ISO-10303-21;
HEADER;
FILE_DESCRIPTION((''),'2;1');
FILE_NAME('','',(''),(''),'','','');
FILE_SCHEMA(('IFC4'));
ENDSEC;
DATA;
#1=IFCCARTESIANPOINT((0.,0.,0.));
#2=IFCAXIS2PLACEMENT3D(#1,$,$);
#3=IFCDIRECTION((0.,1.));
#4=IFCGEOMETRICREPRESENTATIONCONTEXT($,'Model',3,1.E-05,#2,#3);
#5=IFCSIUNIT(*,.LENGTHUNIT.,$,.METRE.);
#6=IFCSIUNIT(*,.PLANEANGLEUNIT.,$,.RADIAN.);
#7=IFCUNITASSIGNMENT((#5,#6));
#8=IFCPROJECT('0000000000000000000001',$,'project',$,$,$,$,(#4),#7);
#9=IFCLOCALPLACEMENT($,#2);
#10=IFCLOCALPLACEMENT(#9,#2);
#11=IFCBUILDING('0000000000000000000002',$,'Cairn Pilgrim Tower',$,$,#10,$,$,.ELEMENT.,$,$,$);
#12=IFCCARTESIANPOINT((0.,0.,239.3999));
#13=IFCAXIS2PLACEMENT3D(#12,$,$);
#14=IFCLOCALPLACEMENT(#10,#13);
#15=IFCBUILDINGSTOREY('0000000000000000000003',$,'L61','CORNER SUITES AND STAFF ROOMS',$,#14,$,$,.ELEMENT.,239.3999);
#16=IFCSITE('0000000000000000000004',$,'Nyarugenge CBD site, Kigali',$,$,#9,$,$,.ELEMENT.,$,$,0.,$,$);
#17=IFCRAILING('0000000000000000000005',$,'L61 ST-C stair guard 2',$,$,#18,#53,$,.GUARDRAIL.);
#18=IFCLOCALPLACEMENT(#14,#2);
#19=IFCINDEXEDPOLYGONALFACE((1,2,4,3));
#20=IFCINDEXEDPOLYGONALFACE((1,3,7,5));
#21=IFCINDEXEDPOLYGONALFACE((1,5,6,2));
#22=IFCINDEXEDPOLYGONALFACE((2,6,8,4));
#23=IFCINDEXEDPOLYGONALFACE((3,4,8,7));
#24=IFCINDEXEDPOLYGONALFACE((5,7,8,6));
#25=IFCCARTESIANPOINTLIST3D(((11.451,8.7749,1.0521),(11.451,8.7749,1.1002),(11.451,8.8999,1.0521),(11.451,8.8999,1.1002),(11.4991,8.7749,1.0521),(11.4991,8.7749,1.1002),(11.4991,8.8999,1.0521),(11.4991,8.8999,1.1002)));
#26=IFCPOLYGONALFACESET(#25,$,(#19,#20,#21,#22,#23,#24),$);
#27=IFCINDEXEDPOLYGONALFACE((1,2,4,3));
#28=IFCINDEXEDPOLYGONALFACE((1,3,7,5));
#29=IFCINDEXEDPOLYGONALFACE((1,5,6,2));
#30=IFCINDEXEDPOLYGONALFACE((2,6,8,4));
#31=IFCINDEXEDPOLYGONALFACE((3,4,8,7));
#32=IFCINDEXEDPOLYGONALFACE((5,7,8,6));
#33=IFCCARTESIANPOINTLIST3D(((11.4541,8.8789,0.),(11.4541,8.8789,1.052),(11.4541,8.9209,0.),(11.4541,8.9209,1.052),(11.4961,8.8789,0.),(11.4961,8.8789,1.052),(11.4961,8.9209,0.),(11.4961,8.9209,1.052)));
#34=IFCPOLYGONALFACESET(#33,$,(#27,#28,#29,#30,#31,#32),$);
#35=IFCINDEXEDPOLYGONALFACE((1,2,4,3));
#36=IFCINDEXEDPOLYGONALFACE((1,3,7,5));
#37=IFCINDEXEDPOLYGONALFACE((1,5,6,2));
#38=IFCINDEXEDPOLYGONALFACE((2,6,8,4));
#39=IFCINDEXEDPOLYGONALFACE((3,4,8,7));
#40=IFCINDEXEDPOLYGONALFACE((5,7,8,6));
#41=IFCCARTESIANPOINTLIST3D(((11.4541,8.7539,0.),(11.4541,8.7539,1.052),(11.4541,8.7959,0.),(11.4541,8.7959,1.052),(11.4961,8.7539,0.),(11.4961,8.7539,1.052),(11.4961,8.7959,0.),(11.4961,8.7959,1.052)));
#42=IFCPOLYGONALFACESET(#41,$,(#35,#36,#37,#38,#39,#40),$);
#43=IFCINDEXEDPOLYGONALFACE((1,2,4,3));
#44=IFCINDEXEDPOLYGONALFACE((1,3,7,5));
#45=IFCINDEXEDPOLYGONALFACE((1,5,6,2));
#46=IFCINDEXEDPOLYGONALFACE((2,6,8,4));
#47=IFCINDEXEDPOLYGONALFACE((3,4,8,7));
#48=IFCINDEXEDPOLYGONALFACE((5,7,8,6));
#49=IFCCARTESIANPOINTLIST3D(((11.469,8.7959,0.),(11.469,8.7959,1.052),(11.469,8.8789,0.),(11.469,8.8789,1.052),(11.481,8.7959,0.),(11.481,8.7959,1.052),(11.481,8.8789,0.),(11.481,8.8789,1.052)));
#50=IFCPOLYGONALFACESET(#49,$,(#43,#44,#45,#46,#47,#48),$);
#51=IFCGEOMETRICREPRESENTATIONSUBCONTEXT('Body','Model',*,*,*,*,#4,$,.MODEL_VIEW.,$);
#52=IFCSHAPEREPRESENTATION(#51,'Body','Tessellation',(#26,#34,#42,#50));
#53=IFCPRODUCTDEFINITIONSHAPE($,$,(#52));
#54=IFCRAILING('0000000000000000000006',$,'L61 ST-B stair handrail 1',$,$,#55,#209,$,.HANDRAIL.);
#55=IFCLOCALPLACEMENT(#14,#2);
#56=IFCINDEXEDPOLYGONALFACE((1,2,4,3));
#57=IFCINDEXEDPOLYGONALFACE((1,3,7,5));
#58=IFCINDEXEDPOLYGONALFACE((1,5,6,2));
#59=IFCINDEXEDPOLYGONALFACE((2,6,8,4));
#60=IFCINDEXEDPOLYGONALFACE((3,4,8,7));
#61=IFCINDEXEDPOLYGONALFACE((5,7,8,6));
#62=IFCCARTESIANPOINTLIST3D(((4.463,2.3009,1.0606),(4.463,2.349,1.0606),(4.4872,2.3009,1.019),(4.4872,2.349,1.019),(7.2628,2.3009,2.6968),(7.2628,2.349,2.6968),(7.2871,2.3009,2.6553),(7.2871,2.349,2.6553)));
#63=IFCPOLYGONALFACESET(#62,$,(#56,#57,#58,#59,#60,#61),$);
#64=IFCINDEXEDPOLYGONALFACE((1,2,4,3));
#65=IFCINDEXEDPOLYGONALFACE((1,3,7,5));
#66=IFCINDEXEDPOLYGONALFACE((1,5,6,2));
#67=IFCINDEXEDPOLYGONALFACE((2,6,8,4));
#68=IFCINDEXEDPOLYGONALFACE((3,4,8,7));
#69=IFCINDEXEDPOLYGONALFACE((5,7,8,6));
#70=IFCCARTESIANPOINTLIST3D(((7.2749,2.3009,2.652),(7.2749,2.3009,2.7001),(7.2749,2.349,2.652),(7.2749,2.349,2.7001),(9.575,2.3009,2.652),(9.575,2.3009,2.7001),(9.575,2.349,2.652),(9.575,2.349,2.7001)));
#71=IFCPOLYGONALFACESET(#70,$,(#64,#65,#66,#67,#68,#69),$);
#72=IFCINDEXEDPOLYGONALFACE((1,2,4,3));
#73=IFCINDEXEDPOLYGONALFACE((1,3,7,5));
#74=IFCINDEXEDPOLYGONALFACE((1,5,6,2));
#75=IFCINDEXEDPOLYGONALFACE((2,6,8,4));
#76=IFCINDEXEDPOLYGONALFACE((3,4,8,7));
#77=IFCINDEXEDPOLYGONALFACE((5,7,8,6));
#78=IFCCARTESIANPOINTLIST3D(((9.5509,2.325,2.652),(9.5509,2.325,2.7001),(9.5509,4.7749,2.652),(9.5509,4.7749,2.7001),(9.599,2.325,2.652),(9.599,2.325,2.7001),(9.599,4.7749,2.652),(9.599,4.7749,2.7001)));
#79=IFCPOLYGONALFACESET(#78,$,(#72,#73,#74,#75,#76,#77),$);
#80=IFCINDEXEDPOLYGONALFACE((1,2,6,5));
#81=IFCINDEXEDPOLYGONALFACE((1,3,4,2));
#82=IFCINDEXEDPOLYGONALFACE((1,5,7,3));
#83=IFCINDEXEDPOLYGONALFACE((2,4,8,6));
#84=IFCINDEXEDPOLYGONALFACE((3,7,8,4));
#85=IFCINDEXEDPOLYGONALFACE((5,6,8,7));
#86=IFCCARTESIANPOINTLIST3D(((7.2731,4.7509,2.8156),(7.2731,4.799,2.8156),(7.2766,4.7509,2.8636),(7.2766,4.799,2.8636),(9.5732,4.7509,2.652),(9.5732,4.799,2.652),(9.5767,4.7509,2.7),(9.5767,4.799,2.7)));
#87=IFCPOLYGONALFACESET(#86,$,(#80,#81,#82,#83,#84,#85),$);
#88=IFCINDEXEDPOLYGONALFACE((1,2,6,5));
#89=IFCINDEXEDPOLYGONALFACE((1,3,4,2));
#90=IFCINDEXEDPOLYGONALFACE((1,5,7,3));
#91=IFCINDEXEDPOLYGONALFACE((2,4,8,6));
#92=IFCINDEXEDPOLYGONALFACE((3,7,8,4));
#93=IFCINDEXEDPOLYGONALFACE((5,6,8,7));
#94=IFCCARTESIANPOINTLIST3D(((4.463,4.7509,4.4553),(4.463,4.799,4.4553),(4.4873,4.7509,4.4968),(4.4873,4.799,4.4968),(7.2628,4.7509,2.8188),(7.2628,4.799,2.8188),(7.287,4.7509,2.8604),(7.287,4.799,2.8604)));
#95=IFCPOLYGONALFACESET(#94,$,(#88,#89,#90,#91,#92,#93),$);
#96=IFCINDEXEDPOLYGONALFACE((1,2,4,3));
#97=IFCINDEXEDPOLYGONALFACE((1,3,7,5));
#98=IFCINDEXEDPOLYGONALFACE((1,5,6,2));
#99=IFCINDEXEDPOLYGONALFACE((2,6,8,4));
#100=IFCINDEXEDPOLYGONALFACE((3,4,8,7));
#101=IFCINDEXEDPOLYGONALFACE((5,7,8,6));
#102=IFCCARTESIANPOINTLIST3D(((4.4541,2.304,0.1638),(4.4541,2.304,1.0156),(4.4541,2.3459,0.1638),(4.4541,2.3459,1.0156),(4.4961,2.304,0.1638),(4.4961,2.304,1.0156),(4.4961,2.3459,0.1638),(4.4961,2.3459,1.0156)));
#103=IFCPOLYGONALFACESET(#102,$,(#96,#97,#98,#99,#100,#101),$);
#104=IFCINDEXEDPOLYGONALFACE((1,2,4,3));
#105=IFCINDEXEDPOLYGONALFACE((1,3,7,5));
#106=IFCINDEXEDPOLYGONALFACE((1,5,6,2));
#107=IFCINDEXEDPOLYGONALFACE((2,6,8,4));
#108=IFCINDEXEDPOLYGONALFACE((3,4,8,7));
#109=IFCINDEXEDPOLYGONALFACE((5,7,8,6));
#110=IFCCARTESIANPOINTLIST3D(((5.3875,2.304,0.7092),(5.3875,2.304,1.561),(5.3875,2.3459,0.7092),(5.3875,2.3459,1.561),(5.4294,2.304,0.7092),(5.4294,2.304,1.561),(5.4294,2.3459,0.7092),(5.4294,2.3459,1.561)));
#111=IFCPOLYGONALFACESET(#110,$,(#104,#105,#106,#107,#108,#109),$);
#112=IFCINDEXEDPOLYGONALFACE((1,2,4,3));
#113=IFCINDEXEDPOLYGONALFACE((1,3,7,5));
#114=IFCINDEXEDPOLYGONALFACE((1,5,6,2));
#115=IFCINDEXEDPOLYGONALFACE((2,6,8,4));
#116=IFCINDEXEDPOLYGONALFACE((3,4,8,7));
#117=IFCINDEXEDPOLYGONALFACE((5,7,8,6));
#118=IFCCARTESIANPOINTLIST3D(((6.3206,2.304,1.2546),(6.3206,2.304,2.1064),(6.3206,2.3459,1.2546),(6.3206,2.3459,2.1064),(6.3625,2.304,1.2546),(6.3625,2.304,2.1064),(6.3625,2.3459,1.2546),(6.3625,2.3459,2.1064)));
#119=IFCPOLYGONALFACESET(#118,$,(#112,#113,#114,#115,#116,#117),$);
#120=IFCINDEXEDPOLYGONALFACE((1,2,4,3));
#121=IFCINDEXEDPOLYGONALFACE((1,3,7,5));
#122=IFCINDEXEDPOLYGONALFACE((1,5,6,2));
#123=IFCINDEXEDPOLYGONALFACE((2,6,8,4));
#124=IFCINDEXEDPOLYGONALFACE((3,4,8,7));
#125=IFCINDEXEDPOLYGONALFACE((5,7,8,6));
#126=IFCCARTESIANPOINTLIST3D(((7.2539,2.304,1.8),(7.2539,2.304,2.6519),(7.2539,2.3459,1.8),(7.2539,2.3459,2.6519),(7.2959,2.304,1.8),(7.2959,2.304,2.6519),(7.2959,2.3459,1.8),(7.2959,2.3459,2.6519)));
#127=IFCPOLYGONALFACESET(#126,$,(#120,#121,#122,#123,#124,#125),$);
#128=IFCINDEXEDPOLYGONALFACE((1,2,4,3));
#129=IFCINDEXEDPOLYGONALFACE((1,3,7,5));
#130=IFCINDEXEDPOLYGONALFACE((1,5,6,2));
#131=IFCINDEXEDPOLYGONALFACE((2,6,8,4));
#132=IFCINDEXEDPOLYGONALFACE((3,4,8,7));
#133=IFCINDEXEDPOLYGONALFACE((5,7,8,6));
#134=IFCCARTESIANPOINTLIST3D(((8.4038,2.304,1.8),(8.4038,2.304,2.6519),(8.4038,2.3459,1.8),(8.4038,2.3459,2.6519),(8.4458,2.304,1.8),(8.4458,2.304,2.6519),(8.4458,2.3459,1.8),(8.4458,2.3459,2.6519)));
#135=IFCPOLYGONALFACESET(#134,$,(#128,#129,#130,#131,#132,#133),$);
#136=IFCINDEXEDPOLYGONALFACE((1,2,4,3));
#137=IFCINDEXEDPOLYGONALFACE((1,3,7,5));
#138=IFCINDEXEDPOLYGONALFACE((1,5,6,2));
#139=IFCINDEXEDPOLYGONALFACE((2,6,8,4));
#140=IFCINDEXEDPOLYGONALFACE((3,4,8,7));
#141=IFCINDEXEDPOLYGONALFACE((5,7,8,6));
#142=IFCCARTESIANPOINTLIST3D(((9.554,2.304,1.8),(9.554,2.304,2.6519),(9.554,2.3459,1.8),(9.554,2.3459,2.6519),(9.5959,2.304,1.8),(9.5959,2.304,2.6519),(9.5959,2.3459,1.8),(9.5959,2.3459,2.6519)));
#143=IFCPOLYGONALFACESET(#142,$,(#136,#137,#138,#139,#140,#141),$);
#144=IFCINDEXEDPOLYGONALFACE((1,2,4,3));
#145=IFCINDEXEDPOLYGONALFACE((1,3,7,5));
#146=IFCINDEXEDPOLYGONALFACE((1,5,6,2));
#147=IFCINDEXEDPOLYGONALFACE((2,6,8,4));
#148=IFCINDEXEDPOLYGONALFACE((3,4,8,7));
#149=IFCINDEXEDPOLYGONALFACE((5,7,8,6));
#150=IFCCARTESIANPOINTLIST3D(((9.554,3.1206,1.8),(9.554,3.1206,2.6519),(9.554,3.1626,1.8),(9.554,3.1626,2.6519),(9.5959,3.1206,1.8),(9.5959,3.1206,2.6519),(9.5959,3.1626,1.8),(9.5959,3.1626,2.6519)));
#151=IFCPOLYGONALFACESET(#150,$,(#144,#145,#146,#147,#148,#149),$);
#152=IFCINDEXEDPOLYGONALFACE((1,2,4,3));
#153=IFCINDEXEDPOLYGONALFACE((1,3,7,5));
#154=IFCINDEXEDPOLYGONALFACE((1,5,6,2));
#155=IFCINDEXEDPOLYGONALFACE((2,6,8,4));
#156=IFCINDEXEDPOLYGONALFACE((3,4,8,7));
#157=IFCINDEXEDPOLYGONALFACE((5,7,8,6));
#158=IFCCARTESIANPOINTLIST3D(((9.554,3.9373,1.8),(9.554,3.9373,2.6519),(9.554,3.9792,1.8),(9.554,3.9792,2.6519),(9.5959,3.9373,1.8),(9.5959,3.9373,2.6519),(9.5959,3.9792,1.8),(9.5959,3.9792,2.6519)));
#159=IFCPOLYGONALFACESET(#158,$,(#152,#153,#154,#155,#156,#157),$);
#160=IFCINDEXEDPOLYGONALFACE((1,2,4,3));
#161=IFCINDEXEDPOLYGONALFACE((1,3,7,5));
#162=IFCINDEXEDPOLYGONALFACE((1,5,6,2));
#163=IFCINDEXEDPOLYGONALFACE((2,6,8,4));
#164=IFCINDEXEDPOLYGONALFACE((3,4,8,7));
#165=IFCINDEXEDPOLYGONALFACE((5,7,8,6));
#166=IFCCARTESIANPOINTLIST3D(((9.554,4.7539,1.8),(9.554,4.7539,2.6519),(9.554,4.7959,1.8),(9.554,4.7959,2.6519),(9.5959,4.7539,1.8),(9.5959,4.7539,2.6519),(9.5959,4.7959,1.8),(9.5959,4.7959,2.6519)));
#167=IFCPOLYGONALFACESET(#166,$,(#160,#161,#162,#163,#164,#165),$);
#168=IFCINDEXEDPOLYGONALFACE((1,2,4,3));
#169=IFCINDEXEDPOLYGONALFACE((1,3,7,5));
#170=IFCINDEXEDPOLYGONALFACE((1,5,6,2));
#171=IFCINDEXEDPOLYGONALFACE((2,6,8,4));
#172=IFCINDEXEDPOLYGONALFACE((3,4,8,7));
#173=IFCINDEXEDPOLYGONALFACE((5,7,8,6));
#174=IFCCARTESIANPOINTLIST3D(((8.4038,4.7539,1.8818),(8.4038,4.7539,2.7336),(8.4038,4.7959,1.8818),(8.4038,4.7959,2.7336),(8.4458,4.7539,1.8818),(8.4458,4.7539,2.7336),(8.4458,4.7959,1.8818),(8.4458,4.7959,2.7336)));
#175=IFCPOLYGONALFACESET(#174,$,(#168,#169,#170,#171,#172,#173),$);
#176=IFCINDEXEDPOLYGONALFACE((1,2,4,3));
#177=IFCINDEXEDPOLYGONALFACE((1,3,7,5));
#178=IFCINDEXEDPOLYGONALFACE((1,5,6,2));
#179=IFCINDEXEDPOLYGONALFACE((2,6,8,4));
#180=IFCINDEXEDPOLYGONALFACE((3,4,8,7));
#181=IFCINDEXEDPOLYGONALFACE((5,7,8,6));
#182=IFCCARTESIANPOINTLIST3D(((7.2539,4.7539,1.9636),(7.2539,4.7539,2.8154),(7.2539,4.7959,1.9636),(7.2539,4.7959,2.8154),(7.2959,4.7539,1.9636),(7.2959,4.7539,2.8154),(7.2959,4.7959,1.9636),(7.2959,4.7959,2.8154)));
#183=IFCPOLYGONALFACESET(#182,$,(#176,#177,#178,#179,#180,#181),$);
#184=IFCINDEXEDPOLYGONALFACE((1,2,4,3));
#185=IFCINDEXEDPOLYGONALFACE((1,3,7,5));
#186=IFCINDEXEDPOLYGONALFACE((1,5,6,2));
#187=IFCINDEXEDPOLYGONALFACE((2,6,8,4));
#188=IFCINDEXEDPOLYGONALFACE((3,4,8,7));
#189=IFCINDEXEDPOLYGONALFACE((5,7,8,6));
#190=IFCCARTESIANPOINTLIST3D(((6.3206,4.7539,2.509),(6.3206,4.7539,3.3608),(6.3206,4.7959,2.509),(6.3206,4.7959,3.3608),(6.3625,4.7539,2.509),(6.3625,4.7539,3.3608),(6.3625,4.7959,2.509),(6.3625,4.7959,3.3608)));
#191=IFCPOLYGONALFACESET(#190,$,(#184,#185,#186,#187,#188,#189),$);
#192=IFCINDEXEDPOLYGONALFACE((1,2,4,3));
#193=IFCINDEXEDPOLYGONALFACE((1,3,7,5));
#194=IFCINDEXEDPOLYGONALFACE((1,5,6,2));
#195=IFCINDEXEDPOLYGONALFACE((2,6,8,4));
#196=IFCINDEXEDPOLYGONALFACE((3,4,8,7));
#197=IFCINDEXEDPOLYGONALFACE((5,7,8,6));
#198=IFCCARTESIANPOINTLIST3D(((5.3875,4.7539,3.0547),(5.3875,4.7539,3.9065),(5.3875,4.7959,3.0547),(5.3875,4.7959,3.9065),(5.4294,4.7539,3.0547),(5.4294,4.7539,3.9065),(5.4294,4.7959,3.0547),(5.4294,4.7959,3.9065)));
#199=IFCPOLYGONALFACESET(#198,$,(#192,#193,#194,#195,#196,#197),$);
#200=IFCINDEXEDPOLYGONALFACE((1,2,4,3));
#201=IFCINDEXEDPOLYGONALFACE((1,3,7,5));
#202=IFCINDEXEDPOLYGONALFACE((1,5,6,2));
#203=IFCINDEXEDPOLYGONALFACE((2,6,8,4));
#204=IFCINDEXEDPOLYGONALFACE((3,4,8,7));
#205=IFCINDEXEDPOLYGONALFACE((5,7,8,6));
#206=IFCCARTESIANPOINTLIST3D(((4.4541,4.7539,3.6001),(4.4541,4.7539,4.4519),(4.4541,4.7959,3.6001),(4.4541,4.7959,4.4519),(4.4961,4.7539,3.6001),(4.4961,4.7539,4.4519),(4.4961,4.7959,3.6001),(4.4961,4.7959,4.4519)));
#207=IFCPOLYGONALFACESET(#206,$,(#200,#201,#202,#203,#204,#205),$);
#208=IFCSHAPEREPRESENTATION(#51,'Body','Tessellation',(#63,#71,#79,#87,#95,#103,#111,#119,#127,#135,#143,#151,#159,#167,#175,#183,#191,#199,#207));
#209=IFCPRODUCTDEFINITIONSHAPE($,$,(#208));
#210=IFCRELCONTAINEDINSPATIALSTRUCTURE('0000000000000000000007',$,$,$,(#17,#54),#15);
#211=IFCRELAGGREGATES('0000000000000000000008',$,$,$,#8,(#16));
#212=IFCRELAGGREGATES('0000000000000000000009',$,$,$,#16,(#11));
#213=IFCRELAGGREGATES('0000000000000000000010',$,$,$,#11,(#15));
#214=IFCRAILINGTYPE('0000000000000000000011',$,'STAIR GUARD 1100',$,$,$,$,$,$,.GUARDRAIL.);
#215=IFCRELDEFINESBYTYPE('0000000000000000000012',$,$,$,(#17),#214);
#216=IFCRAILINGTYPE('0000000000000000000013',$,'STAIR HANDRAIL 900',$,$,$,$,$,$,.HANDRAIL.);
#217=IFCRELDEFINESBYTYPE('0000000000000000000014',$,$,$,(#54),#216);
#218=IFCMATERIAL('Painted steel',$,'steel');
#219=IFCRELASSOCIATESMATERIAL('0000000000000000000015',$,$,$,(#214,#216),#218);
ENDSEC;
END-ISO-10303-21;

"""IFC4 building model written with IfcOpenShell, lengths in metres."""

from ifc_helpers import new_model, si_unit, direction, frame, origin, origin_2d, place, context, subcontext, project, spatial, polyline, rectangle, outline, extrude, material, type_object, element, save


model = new_model("IFC4")

# Units and contexts
model_context = context("Model", 3, precision=1e-05, world=origin(), true_north=direction((0.0, 1.0)))
body_context = subcontext(model_context, "Body", "Model", "MODEL_VIEW")
ifc_project = project(units=[si_unit("LENGTHUNIT", "METRE"), si_unit("PLANEANGLEUNIT", "RADIAN")], contexts=[model_context])

# Site, building, storey
site_placement = place(None, origin())
site = spatial("IfcSite", under=ifc_project, at=site_placement, Name="Nyarugenge CBD site, Kigali", CompositionType="ELEMENT", RefElevation=0.0)
building_placement = place(site_placement, origin())
building = spatial("IfcBuilding", under=site, at=building_placement, Name="Cairn Pilgrim Tower", CompositionType="ELEMENT")
storey_placement = place(building_placement, frame((0.0, 0.0, 239.3999)))
storey = spatial("IfcBuildingStorey", under=building, at=storey_placement, Name="L61", Description="CORNER SUITES AND STAFF ROOMS", CompositionType="ELEMENT", Elevation=239.3999)

# Shared definitions
ifc_material_1 = material(Name="Painted steel", Category="steel")

# Railings
railing_type_1 = type_object("IfcRailingType", Name="STAIR GUARD 1100", PredefinedType="GUARDRAIL", material=ifc_material_1)
railing_1_placement = place(storey_placement, frame((11.4751, 8.8999, 0.0)))
element("IfcRailing", 1, at=railing_1_placement, inside=storey, type_object=railing_type_1, Name="L61 ST-C stair guard 2", PredefinedType="GUARDRAIL", context=body_context, shape_type="SweptSolid", body=[
    extrude(rectangle(XDim=0.0481, YDim=0.0481, at=origin_2d()), frame((0.0, 0.0, 1.0762), z_axis=(0.0, -1.0, 0.0), x_axis=(1.0, 0.0, 0.0)), (0.0, 0.0, 1.0), 0.125),
    extrude(rectangle(XDim=0.042, YDim=0.042, at=origin_2d()), origin(), (0.0, 0.0, 1.0), 1.052),
    extrude(rectangle(XDim=0.042, YDim=0.042, at=origin_2d()), frame((0.0, -0.125, 0.0)), (0.0, 0.0, 1.0), 1.052),
    extrude(outline(polyline([(0.021, 0.0), (0.104, 0.0), (0.104, 1.052), (0.021, 1.052), (0.021, 0.0)])), frame((0.0059, 0.0, 0.0), z_axis=(-1.0, 0.0, 0.0), x_axis=(0.0, -1.0, 0.0)), (0.0, 0.0, 1.0), 0.012),
])
railing_type_2 = type_object("IfcRailingType", Name="STAIR HANDRAIL 900", PredefinedType="HANDRAIL", material=ifc_material_1)
railing_2_placement = place(storey_placement, frame((4.4751, 2.325, 0.1638)))
element("IfcRailing", 2, at=railing_2_placement, inside=storey, type_object=railing_type_2, Name="L61 ST-B stair handrail 1", PredefinedType="HANDRAIL", context=body_context, shape_type="SweptSolid", body=[
    extrude(rectangle(XDim=0.0481, YDim=0.0481, at=origin_2d()), frame((0.0, 0.0, 0.876), z_axis=(0.863374, 0.0, 0.504564), x_axis=(0.0, 1.0, 0.0)), (0.0, 0.0, 1.0), 3.2429),
    extrude(rectangle(XDim=0.0481, YDim=0.0481, at=origin_2d()), frame((2.7998, 0.0, 2.5122), z_axis=(1.0, 0.0, 0.0), x_axis=(0.0, 1.0, 0.0)), (0.0, 0.0, 1.0), 2.3),
    extrude(rectangle(XDim=0.0481, YDim=0.0481, at=origin_2d()), frame((5.0999, 0.0, 2.5122), z_axis=(0.0, 1.0, 0.0), x_axis=(-1.0, 0.0, 0.0)), (0.0, 0.0, 1.0), 2.45),
    extrude(rectangle(XDim=0.0481, YDim=0.0481, at=origin_2d()), frame((5.0999, 2.45, 2.5122), z_axis=(-0.997481, 0.0, 0.070939), x_axis=(0.0, -1.0, 0.0)), (0.0, 0.0, 1.0), 2.3059),
    extrude(rectangle(XDim=0.0481, YDim=0.0481, at=origin_2d()), frame((2.7998, 2.45, 2.6758), z_axis=(-0.863342, 0.0, 0.50462), x_axis=(0.0, -1.0, 0.0)), (0.0, 0.0, 1.0), 3.2429),
    extrude(rectangle(XDim=0.042, YDim=0.042, at=origin_2d()), origin(), (0.0, 0.0, 1.0), 0.8518),
    extrude(rectangle(XDim=0.042, YDim=0.042, at=origin_2d()), frame((0.9333, 0.0, 0.5454)), (0.0, 0.0, 1.0), 0.8518),
    extrude(rectangle(XDim=0.042, YDim=0.042, at=origin_2d()), frame((1.8665, 0.0, 1.0908)), (0.0, 0.0, 1.0), 0.8518),
    extrude(rectangle(XDim=0.042, YDim=0.042, at=origin_2d()), frame((2.7998, 0.0, 1.6362)), (0.0, 0.0, 1.0), 0.8518),
    extrude(rectangle(XDim=0.042, YDim=0.042, at=origin_2d()), frame((3.9497, 0.0, 1.6362)), (0.0, 0.0, 1.0), 0.8518),
    extrude(rectangle(XDim=0.042, YDim=0.042, at=origin_2d()), frame((5.0999, 0.0, 1.6362)), (0.0, 0.0, 1.0), 0.8518),
    extrude(rectangle(XDim=0.042, YDim=0.042, at=origin_2d()), frame((5.0999, 0.8167, 1.6362)), (0.0, 0.0, 1.0), 0.8518),
    extrude(rectangle(XDim=0.042, YDim=0.042, at=origin_2d()), frame((5.0999, 1.6333, 1.6362)), (0.0, 0.0, 1.0), 0.8518),
    extrude(rectangle(XDim=0.042, YDim=0.042, at=origin_2d()), frame((5.0999, 2.45, 1.6362)), (0.0, 0.0, 1.0), 0.8518),
    extrude(rectangle(XDim=0.042, YDim=0.042, at=origin_2d()), frame((3.9497, 2.45, 1.718)), (0.0, 0.0, 1.0), 0.8518),
    extrude(rectangle(XDim=0.042, YDim=0.042, at=origin_2d()), frame((2.7998, 2.45, 1.7998)), (0.0, 0.0, 1.0), 0.8518),
    extrude(rectangle(XDim=0.042, YDim=0.042, at=origin_2d()), frame((1.8665, 2.45, 2.3452)), (0.0, 0.0, 1.0), 0.8518),
    extrude(rectangle(XDim=0.042, YDim=0.042, at=origin_2d()), frame((0.9333, 2.45, 2.8909)), (0.0, 0.0, 1.0), 0.8518),
    extrude(rectangle(XDim=0.042, YDim=0.042, at=origin_2d()), frame((0.0, 2.45, 3.4363)), (0.0, 0.0, 1.0), 0.8518),
])

save(model, "model.ifc")
